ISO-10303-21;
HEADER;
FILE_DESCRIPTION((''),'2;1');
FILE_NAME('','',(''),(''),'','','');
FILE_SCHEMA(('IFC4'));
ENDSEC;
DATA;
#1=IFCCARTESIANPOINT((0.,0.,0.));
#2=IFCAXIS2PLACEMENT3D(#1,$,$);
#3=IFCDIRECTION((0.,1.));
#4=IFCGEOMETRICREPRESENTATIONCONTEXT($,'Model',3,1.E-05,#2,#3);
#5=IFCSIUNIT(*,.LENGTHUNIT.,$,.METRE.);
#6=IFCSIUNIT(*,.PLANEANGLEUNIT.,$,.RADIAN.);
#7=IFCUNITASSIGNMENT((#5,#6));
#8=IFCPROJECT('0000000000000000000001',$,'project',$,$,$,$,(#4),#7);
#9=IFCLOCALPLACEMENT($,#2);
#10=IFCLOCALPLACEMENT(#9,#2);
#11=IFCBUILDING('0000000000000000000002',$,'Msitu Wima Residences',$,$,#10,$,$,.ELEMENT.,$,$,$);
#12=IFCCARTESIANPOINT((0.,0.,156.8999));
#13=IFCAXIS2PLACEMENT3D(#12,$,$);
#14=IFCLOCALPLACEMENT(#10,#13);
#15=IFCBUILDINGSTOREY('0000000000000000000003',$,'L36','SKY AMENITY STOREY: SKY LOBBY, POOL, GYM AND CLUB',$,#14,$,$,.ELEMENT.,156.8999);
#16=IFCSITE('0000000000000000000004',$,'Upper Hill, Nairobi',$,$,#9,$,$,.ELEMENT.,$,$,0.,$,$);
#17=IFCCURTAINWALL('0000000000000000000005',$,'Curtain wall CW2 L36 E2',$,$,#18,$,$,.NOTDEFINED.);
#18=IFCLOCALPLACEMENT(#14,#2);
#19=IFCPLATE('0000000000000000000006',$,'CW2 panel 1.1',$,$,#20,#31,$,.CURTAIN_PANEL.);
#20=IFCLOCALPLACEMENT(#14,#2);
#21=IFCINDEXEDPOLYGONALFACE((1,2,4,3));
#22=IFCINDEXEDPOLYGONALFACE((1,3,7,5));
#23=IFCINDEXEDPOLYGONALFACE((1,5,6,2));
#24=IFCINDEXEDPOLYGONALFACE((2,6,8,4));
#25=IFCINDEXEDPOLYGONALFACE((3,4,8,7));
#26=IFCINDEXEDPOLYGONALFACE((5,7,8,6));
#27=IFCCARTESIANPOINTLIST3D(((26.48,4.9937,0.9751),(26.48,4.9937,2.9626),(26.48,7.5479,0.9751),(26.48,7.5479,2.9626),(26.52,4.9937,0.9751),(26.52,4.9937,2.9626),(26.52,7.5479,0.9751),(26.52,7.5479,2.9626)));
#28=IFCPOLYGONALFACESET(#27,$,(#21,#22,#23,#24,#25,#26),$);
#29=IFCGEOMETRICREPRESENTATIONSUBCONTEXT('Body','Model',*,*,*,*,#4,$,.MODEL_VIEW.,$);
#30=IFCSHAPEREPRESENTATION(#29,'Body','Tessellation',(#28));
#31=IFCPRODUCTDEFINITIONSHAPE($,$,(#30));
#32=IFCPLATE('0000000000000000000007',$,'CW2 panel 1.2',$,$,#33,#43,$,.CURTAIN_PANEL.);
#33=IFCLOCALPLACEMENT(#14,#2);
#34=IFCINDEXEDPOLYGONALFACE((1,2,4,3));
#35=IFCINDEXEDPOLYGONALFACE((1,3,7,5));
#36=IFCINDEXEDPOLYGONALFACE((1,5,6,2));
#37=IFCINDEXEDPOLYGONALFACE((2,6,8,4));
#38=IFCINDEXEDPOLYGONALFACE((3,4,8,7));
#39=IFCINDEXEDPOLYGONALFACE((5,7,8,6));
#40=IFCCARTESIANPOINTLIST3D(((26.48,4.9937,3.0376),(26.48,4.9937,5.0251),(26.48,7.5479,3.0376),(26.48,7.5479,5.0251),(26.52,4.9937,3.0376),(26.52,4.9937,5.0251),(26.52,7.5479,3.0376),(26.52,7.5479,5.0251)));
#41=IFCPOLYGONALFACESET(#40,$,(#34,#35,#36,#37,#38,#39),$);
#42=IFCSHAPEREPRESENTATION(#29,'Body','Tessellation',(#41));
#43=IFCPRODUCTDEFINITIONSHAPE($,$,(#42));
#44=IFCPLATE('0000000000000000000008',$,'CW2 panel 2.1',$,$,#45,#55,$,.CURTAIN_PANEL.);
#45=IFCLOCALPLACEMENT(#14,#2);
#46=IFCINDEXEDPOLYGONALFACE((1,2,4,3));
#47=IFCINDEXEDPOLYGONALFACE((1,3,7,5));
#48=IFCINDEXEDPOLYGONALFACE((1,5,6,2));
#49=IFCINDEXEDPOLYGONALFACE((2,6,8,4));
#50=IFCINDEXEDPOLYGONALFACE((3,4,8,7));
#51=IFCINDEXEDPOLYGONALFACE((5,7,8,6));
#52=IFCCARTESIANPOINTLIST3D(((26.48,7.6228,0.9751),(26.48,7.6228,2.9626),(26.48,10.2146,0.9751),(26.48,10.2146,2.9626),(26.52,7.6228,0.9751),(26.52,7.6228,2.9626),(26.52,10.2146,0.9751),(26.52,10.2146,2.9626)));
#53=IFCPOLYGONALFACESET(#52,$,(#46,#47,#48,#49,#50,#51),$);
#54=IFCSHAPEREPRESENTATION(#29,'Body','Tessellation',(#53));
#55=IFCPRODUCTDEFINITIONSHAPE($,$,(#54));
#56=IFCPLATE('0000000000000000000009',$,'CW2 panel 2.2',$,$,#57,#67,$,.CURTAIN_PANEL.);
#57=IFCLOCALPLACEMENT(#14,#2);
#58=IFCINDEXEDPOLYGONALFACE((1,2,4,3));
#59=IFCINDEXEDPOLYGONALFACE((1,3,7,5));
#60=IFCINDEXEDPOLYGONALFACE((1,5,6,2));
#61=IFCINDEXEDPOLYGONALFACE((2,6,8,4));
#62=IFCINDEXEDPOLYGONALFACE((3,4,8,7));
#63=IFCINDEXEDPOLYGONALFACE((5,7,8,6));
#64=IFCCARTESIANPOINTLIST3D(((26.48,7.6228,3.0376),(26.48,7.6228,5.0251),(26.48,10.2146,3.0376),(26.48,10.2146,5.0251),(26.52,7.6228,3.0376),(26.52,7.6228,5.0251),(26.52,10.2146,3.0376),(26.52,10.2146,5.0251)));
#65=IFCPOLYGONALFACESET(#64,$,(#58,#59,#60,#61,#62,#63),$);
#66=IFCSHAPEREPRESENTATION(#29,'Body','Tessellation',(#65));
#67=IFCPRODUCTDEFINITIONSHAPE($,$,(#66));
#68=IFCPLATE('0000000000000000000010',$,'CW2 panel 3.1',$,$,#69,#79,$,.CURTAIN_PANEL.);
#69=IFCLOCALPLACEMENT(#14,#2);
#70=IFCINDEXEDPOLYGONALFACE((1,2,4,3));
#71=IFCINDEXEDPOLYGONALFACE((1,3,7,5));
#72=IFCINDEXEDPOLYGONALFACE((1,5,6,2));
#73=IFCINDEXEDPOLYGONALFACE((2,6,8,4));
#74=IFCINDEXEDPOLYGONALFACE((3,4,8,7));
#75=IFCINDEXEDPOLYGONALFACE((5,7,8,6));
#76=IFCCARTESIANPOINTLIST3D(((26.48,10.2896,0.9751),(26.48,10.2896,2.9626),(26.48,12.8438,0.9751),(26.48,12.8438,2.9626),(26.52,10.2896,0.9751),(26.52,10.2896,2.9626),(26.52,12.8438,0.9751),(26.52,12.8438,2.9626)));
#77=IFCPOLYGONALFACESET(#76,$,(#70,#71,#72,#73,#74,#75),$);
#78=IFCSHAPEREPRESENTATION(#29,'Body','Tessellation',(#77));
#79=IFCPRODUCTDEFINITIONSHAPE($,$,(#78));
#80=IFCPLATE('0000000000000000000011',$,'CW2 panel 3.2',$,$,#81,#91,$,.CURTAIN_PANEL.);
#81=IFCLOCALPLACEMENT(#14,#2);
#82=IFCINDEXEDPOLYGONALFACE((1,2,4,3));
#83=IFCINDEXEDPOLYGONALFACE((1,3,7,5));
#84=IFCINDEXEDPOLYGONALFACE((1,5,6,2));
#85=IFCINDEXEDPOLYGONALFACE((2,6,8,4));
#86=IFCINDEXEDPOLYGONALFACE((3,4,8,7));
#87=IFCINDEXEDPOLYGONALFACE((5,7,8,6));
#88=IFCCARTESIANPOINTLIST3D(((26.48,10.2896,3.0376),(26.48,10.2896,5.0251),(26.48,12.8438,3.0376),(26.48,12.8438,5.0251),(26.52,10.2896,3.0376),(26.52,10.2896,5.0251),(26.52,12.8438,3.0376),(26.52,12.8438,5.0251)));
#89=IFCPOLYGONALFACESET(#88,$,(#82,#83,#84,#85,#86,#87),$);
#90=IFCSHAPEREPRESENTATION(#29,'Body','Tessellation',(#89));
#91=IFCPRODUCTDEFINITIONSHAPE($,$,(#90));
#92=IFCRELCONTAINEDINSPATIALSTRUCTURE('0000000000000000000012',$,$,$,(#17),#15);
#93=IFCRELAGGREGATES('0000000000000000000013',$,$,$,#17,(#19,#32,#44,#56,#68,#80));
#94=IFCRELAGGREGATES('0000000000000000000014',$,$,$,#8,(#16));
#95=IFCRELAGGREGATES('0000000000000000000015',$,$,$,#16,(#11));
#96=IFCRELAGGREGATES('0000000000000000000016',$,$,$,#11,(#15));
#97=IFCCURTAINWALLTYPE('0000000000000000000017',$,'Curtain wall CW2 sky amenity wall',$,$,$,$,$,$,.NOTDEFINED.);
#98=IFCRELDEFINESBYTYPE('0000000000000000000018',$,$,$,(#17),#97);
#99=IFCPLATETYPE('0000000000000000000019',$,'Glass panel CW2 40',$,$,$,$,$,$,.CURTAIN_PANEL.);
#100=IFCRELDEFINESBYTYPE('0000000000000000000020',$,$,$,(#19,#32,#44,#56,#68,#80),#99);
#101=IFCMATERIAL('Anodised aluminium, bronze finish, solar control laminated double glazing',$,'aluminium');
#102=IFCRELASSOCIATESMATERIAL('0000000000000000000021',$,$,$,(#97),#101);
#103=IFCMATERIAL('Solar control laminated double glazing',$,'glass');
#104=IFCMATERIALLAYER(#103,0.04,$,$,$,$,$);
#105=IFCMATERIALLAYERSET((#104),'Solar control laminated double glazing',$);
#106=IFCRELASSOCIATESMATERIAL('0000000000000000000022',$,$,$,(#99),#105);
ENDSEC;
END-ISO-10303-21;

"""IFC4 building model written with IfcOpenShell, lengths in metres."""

from ifc_helpers import new_model, si_unit, direction, frame, origin, origin_2d, place, context, subcontext, project, spatial, rectangle, extrude, material, layer, layer_set, type_object, element, aggregate, save


model = new_model("IFC4")

# Units and contexts
model_context = context("Model", 3, precision=1e-05, world=origin(), true_north=direction((0.0, 1.0)))
body_context = subcontext(model_context, "Body", "Model", "MODEL_VIEW")
ifc_project = project(units=[si_unit("LENGTHUNIT", "METRE"), si_unit("PLANEANGLEUNIT", "RADIAN")], contexts=[model_context])

# Site, building, storey
site_placement = place(None, origin())
site = spatial("IfcSite", under=ifc_project, at=site_placement, Name="Upper Hill, Nairobi", CompositionType="ELEMENT", RefElevation=0.0)
building_placement = place(site_placement, origin())
building = spatial("IfcBuilding", under=site, at=building_placement, Name="Msitu Wima Residences", CompositionType="ELEMENT")
storey_placement = place(building_placement, frame((0.0, 0.0, 156.8999)))
storey = spatial("IfcBuildingStorey", under=building, at=storey_placement, Name="L36", Description="SKY AMENITY STOREY: SKY LOBBY, POOL, GYM AND CLUB", CompositionType="ELEMENT", Elevation=156.8999)

# Curtain wall
ifc_material_1 = material(Name="Anodised aluminium, bronze finish, solar control laminated double glazing", Category="aluminium")
curtain_wall_type = type_object("IfcCurtainWallType", Name="Curtain wall CW2 sky amenity wall", PredefinedType="NOTDEFINED", material=ifc_material_1)
curtain_wall_1_placement = place(storey_placement, origin())
curtain_wall_1 = element("IfcCurtainWall", 1, at=curtain_wall_1_placement, inside=storey, type_object=curtain_wall_type, Name="Curtain wall CW2 L36 E2", PredefinedType="NOTDEFINED")

# Plates
ifc_material_2 = material(Name="Solar control laminated double glazing", Category="glass")
ifc_layer = layer(ifc_material_2, 0.04)
ifc_layer_set = layer_set([ifc_layer], Name="Solar control laminated double glazing")
plate_type = type_object("IfcPlateType", Name="Glass panel CW2 40", PredefinedType="CURTAIN_PANEL", material=ifc_layer_set)
plate_1_placement = place(storey_placement, frame((26.5, 6.2708, 0.9751), z_axis=(0.0, 0.0, 1.0), x_axis=(0.0, 1.0, 0.0)))
plate_1 = element("IfcPlate", 2, at=plate_1_placement, type_object=plate_type, Name="CW2 panel 1.1", PredefinedType="CURTAIN_PANEL", context=body_context, shape_type="SweptSolid", body=[
    extrude(rectangle(XDim=2.5542, YDim=0.04, at=origin_2d()), origin(), (0.0, 0.0, 1.0), 1.9875),
])
plate_2_placement = place(storey_placement, frame((26.5, 6.2708, 3.0376), z_axis=(0.0, 0.0, 1.0), x_axis=(0.0, 1.0, 0.0)))
plate_2 = element("IfcPlate", 3, at=plate_2_placement, type_object=plate_type, Name="CW2 panel 1.2", PredefinedType="CURTAIN_PANEL", context=body_context, shape_type="SweptSolid", body=[
    extrude(rectangle(XDim=2.5542, YDim=0.04, at=origin_2d()), origin(), (0.0, 0.0, 1.0), 1.9875),
])
plate_3_placement = place(storey_placement, frame((26.5, 8.9187, 0.9751), z_axis=(0.0, 0.0, 1.0), x_axis=(0.0, 1.0, 0.0)))
plate_3 = element("IfcPlate", 4, at=plate_3_placement, type_object=plate_type, Name="CW2 panel 2.1", PredefinedType="CURTAIN_PANEL", context=body_context, shape_type="SweptSolid", body=[
    extrude(rectangle(XDim=2.5918, YDim=0.04, at=origin_2d()), origin(), (0.0, 0.0, 1.0), 1.9875),
])
plate_4_placement = place(storey_placement, frame((26.5, 8.9187, 3.0376), z_axis=(0.0, 0.0, 1.0), x_axis=(0.0, 1.0, 0.0)))
plate_4 = element("IfcPlate", 5, at=plate_4_placement, type_object=plate_type, Name="CW2 panel 2.2", PredefinedType="CURTAIN_PANEL", context=body_context, shape_type="SweptSolid", body=[
    extrude(rectangle(XDim=2.5918, YDim=0.04, at=origin_2d()), origin(), (0.0, 0.0, 1.0), 1.9875),
])
plate_5_placement = place(storey_placement, frame((26.5, 11.5667, 0.9751), z_axis=(0.0, 0.0, 1.0), x_axis=(0.0, 1.0, 0.0)))
plate_5 = element("IfcPlate", 6, at=plate_5_placement, type_object=plate_type, Name="CW2 panel 3.1", PredefinedType="CURTAIN_PANEL", context=body_context, shape_type="SweptSolid", body=[
    extrude(rectangle(XDim=2.5542, YDim=0.04, at=origin_2d()), origin(), (0.0, 0.0, 1.0), 1.9875),
])
plate_6_placement = place(storey_placement, frame((26.5, 11.5667, 3.0376), z_axis=(0.0, 0.0, 1.0), x_axis=(0.0, 1.0, 0.0)))
plate_6 = element("IfcPlate", 7, at=plate_6_placement, type_object=plate_type, Name="CW2 panel 3.2", PredefinedType="CURTAIN_PANEL", context=body_context, shape_type="SweptSolid", body=[
    extrude(rectangle(XDim=2.5542, YDim=0.04, at=origin_2d()), origin(), (0.0, 0.0, 1.0), 1.9875),
])
aggregate(curtain_wall_1, [plate_1, plate_2, plate_3, plate_4, plate_5, plate_6])

save(model, "model.ifc")
